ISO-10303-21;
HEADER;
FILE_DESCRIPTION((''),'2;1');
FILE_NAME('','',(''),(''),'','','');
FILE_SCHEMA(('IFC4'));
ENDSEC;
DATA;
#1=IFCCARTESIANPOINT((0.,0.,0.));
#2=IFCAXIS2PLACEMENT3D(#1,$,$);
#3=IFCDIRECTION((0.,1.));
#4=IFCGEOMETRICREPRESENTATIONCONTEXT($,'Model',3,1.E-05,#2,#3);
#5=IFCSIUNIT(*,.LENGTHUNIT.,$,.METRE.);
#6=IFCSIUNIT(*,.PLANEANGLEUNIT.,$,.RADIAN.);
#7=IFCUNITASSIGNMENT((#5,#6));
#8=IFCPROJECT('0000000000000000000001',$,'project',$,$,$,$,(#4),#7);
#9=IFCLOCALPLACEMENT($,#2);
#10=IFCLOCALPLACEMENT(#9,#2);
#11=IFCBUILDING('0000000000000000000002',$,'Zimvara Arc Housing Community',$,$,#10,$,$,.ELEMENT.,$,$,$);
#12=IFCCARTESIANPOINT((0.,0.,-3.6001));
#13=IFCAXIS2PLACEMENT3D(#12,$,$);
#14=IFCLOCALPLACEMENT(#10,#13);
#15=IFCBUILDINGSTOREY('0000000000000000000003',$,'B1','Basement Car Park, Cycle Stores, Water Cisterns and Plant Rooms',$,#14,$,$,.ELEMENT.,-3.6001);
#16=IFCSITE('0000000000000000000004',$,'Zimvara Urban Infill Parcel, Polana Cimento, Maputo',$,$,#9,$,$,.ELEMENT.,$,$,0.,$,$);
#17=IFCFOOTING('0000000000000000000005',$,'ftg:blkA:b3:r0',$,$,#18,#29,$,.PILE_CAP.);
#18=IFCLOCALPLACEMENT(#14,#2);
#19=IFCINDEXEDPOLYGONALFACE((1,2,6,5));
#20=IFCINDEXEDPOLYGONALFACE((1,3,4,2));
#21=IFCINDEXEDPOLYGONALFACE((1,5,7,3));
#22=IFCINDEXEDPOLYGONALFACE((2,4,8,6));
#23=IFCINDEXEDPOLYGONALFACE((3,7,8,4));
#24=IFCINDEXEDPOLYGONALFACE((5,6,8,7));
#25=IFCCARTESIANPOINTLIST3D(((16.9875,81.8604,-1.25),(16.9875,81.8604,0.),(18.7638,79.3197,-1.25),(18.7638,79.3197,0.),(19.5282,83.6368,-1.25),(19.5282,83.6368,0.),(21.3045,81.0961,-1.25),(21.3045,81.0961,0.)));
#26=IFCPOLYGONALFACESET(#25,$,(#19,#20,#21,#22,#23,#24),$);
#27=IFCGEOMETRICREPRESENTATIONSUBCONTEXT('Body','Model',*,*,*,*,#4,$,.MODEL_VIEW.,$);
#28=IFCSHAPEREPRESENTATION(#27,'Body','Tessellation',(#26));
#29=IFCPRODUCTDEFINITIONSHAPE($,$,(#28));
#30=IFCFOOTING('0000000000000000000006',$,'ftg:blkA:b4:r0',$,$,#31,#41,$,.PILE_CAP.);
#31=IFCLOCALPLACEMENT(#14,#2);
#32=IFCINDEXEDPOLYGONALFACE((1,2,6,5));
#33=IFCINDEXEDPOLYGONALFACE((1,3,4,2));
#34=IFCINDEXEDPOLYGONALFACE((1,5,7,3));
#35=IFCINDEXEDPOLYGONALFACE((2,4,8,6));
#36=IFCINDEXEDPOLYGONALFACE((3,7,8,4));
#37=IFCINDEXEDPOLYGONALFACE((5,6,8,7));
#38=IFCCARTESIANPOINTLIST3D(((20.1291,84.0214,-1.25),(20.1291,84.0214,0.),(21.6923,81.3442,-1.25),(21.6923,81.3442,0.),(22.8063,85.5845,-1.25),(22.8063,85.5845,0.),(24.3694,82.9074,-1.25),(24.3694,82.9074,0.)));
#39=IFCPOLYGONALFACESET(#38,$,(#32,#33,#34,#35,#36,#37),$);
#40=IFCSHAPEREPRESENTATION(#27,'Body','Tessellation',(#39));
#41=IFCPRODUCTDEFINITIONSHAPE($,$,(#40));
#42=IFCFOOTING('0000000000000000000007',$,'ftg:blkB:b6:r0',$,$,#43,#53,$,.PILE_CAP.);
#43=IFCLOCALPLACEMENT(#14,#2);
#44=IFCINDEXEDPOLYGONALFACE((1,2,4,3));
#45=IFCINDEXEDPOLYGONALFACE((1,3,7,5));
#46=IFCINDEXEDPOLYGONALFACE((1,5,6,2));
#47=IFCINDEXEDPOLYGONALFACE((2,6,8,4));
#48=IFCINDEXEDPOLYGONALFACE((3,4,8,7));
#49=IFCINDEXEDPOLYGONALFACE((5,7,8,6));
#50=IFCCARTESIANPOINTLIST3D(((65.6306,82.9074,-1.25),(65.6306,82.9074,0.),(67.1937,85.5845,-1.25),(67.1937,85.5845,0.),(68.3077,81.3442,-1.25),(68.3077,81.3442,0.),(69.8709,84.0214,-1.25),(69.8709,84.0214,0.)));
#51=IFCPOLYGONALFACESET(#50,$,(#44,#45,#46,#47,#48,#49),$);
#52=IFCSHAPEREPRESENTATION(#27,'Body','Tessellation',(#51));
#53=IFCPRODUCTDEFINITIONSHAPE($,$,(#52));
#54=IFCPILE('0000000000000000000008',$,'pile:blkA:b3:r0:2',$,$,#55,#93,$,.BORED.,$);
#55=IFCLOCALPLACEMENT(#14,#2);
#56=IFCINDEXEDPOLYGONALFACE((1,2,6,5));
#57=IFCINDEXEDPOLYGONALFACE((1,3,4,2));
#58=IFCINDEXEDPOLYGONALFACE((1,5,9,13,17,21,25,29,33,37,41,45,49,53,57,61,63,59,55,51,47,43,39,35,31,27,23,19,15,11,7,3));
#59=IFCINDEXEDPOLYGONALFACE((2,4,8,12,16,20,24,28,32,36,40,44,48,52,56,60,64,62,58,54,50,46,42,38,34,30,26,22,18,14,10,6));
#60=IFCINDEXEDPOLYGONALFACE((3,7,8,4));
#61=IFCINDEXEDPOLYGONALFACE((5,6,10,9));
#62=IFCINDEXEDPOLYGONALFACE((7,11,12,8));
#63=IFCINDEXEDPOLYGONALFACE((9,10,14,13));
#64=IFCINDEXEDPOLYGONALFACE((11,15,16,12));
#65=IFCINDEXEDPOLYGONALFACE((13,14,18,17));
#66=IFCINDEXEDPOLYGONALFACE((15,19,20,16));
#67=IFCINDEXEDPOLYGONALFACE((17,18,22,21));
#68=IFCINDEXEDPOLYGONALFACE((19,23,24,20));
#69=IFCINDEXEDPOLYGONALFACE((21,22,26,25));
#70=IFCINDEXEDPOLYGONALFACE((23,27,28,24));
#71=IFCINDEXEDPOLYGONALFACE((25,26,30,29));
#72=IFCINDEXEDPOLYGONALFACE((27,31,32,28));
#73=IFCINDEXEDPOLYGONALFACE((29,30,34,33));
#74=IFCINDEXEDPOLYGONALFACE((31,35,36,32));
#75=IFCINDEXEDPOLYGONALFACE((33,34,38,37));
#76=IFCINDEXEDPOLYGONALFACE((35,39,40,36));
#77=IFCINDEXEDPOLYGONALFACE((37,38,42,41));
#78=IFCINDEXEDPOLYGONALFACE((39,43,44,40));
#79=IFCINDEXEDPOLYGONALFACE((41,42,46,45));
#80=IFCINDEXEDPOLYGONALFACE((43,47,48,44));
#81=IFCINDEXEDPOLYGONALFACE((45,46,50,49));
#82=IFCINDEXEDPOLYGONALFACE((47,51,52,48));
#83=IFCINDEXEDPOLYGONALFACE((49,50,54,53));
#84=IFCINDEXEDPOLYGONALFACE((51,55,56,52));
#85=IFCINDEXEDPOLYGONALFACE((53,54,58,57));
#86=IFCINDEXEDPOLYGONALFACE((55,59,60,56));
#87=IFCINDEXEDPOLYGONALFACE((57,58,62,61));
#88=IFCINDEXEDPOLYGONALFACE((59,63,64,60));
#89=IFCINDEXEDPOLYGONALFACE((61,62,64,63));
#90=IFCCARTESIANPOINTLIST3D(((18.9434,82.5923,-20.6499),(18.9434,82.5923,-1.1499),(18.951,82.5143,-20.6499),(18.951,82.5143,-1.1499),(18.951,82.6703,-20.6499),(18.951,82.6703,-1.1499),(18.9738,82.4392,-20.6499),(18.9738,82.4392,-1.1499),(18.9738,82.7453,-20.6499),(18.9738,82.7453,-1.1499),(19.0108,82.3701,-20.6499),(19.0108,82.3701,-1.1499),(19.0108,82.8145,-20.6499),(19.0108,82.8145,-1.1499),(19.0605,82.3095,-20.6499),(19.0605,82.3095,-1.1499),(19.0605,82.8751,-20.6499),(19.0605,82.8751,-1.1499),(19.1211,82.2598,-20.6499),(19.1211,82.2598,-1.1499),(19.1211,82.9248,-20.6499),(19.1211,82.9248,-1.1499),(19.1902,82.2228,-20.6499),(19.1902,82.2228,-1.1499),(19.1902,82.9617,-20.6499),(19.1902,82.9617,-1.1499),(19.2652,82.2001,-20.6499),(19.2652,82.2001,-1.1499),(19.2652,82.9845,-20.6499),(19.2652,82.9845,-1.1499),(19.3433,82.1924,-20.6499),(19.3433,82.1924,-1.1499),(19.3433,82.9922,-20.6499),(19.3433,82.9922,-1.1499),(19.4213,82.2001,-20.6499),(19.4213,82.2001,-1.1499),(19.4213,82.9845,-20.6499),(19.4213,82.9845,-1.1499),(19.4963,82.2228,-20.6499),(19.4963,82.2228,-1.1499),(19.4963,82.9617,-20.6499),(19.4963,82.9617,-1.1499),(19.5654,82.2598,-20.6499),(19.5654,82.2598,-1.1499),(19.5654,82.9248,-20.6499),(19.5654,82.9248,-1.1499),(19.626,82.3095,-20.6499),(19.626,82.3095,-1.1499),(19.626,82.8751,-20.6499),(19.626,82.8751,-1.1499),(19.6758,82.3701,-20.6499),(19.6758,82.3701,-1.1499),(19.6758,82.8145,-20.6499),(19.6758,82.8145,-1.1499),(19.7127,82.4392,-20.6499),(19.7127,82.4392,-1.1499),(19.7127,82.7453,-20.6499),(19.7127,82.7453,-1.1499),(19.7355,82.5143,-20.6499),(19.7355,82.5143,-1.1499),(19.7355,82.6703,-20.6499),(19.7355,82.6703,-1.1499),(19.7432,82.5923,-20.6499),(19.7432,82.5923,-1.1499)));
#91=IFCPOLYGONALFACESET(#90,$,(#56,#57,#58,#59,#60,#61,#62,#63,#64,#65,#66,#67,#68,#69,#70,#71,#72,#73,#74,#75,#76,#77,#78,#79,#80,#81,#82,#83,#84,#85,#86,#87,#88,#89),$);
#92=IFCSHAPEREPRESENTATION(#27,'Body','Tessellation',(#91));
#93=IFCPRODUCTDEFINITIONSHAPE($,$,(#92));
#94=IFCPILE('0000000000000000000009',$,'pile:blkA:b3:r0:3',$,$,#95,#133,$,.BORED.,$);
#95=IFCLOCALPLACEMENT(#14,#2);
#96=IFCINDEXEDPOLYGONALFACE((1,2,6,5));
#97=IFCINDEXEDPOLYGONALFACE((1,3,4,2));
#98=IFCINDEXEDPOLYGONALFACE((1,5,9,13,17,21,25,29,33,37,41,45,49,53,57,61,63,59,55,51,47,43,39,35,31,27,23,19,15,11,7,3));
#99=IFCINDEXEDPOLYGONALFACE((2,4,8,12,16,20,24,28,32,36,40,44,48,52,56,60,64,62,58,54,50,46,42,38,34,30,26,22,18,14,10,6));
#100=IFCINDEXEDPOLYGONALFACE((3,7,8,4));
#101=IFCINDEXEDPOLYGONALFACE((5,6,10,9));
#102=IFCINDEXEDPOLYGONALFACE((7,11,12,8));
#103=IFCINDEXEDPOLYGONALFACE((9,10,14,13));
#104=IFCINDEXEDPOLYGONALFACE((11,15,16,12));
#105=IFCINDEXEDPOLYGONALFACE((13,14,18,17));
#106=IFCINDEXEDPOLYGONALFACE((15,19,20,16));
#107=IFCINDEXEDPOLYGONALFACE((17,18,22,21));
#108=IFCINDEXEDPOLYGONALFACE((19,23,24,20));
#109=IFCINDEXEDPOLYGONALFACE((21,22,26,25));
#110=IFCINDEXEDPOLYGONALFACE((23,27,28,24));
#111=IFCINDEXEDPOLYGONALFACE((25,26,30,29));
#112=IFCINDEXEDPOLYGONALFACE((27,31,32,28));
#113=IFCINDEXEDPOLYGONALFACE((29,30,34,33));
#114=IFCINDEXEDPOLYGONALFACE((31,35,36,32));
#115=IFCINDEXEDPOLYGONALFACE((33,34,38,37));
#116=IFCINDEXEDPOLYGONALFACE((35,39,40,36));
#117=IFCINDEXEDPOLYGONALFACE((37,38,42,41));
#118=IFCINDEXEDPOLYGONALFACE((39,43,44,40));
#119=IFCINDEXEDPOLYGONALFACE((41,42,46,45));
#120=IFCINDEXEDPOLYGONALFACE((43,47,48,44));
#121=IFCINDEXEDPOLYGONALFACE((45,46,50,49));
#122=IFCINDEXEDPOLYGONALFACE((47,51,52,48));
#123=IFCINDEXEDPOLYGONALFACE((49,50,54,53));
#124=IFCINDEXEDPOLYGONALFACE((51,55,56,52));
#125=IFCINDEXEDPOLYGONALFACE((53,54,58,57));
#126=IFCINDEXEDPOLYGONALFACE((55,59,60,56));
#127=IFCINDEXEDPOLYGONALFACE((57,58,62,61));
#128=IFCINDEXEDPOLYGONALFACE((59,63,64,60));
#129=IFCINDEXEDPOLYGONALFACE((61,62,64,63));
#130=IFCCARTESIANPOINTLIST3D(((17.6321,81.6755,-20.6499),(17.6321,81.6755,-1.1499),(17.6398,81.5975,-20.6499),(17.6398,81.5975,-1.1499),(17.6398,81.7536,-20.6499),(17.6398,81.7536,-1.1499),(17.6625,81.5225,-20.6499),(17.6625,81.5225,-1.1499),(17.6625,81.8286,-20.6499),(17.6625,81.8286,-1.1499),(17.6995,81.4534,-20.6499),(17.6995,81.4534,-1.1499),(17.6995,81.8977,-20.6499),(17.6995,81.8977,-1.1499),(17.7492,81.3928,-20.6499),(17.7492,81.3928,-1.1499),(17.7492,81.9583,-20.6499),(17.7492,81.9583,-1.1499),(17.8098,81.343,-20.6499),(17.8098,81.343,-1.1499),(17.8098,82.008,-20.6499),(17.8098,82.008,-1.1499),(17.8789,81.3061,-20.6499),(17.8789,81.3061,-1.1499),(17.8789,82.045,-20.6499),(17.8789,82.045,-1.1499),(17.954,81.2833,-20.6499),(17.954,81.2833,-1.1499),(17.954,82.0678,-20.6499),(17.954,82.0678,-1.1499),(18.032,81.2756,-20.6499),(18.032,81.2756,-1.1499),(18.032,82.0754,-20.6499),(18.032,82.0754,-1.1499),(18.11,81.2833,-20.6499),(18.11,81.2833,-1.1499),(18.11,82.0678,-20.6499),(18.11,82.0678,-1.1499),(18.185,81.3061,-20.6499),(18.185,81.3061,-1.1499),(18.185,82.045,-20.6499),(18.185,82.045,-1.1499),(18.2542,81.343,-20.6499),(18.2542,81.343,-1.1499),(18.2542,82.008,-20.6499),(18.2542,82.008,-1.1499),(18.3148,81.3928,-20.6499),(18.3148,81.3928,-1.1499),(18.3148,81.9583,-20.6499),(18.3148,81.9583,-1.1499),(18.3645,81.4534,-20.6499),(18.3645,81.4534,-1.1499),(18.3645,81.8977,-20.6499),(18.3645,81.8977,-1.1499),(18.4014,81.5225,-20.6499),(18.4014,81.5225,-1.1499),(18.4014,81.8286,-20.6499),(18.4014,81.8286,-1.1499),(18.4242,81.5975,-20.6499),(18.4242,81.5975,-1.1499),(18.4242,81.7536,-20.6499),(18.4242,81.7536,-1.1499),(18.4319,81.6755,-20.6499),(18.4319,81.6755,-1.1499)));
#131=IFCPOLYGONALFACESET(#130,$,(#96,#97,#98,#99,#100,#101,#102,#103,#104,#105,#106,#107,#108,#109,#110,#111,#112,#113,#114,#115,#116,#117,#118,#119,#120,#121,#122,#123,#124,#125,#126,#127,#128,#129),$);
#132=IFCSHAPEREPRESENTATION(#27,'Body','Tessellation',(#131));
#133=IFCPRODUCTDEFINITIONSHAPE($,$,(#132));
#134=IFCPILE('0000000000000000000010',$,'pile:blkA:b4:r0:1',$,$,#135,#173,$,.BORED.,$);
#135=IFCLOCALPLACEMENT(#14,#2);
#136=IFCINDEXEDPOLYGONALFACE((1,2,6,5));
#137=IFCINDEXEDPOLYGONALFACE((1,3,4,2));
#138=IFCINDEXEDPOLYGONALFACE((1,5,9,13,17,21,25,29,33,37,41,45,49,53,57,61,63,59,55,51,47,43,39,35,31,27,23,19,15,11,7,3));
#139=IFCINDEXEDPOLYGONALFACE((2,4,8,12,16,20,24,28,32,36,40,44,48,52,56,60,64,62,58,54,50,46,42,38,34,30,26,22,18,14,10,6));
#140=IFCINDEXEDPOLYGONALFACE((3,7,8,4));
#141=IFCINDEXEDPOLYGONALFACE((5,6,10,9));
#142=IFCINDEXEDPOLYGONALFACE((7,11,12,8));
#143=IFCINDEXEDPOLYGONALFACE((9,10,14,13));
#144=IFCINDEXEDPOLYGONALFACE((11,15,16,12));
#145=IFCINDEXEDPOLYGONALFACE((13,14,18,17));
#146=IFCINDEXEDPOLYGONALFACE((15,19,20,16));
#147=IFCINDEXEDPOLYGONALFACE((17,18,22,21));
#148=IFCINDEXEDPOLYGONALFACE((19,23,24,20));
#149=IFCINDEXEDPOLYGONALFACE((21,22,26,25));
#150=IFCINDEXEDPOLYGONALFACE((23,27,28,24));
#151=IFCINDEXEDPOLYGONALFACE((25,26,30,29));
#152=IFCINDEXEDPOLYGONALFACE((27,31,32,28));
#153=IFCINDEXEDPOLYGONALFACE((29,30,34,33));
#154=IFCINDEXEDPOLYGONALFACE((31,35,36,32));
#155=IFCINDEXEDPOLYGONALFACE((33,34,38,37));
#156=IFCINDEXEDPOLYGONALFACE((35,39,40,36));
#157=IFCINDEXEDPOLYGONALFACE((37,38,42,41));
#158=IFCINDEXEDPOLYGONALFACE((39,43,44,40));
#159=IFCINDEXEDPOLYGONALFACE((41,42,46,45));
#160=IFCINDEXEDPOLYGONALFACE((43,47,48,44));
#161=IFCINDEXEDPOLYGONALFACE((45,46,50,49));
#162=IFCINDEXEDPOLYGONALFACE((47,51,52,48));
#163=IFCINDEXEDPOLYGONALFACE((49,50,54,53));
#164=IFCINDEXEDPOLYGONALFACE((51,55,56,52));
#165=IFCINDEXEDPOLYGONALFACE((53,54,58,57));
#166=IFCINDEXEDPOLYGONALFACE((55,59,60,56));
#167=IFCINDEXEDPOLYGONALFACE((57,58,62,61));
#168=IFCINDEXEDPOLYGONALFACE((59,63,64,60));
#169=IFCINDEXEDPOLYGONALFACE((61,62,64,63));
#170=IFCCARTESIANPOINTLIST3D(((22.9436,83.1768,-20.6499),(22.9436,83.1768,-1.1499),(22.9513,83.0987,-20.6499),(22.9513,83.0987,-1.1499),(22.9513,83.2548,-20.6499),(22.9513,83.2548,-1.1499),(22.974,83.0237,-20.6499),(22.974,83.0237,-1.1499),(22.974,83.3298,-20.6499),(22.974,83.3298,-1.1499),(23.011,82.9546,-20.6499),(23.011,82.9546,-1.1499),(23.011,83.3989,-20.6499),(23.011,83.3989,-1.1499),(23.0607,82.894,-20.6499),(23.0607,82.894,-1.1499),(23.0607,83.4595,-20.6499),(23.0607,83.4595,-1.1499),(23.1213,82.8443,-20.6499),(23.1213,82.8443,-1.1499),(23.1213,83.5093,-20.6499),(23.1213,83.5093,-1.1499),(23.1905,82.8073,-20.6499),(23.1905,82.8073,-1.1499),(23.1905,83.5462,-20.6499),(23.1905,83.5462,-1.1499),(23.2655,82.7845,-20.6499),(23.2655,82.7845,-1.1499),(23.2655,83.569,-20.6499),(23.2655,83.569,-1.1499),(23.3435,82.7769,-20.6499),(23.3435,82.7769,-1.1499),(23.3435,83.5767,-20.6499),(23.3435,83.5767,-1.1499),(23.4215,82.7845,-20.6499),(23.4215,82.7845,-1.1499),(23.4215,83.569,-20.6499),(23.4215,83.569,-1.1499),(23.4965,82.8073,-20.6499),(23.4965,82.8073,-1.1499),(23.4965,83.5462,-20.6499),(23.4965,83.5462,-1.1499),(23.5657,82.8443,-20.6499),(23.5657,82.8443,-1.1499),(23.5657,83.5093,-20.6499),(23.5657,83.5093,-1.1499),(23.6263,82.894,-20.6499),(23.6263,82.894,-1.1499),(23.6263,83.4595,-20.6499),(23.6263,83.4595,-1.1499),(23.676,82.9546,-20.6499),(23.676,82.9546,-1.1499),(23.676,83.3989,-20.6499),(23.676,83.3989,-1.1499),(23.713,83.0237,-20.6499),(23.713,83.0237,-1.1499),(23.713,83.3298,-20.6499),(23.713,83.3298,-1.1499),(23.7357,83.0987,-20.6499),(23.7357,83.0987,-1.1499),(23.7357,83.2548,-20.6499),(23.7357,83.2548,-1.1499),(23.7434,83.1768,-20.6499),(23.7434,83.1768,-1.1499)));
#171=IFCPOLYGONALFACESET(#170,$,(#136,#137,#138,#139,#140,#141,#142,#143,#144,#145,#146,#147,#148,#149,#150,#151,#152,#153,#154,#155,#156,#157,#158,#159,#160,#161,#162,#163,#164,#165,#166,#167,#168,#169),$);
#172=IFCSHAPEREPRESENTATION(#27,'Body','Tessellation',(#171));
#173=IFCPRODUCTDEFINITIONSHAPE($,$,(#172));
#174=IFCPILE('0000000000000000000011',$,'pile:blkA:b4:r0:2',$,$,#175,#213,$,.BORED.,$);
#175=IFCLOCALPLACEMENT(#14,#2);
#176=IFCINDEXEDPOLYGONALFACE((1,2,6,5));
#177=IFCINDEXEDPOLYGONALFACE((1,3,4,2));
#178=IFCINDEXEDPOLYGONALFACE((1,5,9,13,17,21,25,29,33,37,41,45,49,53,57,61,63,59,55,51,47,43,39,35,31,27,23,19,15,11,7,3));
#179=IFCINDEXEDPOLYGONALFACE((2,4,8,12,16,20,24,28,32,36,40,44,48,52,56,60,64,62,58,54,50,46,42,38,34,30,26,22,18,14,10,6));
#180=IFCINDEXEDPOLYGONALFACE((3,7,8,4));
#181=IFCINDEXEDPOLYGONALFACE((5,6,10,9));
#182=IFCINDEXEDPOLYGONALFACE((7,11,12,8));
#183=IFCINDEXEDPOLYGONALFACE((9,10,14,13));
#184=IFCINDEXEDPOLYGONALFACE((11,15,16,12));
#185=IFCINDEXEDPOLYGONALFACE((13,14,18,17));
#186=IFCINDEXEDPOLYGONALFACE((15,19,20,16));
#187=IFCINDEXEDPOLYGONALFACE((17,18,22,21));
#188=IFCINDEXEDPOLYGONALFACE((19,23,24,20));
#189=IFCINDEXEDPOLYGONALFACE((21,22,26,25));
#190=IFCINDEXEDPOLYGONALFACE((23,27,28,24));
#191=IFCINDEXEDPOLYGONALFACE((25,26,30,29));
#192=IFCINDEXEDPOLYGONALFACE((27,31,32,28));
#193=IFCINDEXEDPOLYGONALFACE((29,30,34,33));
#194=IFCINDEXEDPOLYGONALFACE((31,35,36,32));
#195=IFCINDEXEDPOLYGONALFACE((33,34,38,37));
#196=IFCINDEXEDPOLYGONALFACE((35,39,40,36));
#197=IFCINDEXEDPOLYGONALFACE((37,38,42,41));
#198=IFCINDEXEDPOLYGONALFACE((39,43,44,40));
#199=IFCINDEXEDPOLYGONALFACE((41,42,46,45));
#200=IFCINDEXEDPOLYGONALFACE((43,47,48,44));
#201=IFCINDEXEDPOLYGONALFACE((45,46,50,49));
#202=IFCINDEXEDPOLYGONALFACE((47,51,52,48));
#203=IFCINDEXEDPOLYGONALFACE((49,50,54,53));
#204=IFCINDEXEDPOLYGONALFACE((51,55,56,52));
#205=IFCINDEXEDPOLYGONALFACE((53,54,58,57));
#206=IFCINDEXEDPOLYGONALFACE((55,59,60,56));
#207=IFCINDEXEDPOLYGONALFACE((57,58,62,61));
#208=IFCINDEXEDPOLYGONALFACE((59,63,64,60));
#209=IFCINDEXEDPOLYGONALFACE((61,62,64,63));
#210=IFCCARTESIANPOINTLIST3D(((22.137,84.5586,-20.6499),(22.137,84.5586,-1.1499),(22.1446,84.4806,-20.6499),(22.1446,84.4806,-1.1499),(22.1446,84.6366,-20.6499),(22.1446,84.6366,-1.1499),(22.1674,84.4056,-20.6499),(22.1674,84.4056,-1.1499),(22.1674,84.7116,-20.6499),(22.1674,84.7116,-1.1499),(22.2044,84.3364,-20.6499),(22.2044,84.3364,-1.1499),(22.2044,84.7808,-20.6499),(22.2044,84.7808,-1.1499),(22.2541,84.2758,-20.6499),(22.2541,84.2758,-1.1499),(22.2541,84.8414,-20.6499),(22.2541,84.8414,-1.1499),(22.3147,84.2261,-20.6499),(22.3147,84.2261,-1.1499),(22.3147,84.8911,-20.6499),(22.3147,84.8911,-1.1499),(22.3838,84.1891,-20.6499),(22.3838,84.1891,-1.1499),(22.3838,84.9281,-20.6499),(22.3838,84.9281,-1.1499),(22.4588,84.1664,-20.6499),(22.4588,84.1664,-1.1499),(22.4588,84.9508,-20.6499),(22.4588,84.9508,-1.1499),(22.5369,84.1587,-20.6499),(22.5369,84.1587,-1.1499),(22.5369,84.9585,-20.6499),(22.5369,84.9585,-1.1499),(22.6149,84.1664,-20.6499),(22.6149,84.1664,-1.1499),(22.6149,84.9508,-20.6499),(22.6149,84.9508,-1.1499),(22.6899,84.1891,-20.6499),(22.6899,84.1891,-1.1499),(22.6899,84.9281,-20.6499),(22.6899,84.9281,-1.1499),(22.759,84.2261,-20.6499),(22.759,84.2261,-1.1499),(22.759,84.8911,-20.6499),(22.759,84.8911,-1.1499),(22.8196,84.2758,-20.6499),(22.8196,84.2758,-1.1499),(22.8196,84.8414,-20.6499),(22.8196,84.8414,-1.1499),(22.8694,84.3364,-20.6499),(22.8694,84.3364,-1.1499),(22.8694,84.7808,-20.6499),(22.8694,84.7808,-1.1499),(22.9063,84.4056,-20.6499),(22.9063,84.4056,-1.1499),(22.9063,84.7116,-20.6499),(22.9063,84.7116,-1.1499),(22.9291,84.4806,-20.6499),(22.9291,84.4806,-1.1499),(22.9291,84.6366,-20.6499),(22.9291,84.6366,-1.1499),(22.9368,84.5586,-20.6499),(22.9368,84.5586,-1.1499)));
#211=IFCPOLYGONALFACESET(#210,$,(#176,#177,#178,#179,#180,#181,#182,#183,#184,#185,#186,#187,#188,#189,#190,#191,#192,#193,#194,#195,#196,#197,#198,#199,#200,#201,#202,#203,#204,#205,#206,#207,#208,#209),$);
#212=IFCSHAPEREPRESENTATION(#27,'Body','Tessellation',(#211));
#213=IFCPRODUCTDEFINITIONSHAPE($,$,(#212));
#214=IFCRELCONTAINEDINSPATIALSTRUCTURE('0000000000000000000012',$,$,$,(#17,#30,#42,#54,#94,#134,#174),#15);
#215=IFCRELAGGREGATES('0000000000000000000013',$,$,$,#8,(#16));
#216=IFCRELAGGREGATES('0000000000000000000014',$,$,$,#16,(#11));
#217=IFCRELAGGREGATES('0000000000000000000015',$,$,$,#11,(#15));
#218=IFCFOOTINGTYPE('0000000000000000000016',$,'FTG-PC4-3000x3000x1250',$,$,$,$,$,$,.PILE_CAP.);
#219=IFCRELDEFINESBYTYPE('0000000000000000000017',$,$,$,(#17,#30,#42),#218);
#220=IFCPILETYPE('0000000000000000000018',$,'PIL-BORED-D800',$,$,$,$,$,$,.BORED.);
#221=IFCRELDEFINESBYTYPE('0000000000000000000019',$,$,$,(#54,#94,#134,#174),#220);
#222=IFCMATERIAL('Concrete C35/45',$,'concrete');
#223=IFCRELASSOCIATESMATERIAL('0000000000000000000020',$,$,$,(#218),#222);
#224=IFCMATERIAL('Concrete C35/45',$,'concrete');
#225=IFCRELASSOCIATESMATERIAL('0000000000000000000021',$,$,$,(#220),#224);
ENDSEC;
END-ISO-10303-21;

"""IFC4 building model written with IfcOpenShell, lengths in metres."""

from ifc_helpers import new_model, si_unit, direction, frame, origin, origin_2d, place, context, subcontext, project, spatial, rectangle, circle, extrude, material, material_profile, profile_set, type_object, element, save


model = new_model("IFC4")

# Units and contexts
model_context = context("Model", 3, precision=1e-05, world=origin(), true_north=direction((0.0, 1.0)))
body_context = subcontext(model_context, "Body", "Model", "MODEL_VIEW")
ifc_project = project(units=[si_unit("LENGTHUNIT", "METRE"), si_unit("PLANEANGLEUNIT", "RADIAN")], contexts=[model_context])

# Site, building, storey
site_placement = place(None, origin())
site = spatial("IfcSite", under=ifc_project, at=site_placement, Name="Zimvara Urban Infill Parcel, Polana Cimento, Maputo", CompositionType="ELEMENT", RefElevation=0.0)
building_placement = place(site_placement, origin())
building = spatial("IfcBuilding", under=site, at=building_placement, Name="Zimvara Arc Housing Community", CompositionType="ELEMENT")
storey_placement = place(building_placement, frame((0.0, 0.0, -3.6001)))
storey = spatial("IfcBuildingStorey", under=building, at=storey_placement, Name="B1", Description="Basement Car Park, Cycle Stores, Water Cisterns and Plant Rooms", CompositionType="ELEMENT", Elevation=-3.6001)

# Footings
ifc_material_1 = material(Name="Concrete C35/45", Category="concrete")
footing_type = type_object("IfcFootingType", Name="FTG-PC4-3000x3000x1250", PredefinedType="PILE_CAP", material=ifc_material_1)
for number, where, z_axis, x_axis, name in (
    (1, (19.146, 81.4783, -1.25), (0.0, 0.0, 1.0), (-0.573004, 0.819552, 0.0), "ftg:blkA:b3:r0"),
    (2, (22.2493, 83.4644, -1.25), (0.0, 0.0, 1.0), (-0.504226, 0.863572, 0.0), "ftg:blkA:b4:r0"),
    (3, (67.7507, 83.4644, -1.25), (0.0, 0.0, 1.0), (0.504226, 0.863572, 0.0), "ftg:blkB:b6:r0"),
):
    element("IfcFooting", number, at=place(storey_placement, frame(where, z_axis=z_axis, x_axis=x_axis)), inside=storey, type_object=footing_type, Name=name, PredefinedType="PILE_CAP", context=body_context, shape_type="SweptSolid", body=[
        extrude(rectangle(XDim=3.1001, YDim=3.1001, at=origin_2d()), origin(), (0.0, 0.0, 1.0), 1.25),
    ])

# Piles
ifc_material_2 = material(Name="Concrete C35/45", Category="concrete")
ifc_material_profile_1 = material_profile(ifc_material_2, circle(Radius=0.3999, at=origin_2d()), Name="PILE D800")
ifc_profile_set_1 = profile_set([ifc_material_profile_1], Name="Concrete C35/45")
pile_type = type_object("IfcPileType", Name="PIL-BORED-D800", PredefinedType="BORED", material=ifc_profile_set_1)
for number, where, z_axis, x_axis, name in (
    (4, (19.3433, 82.5923, -1.1499), (0.0, 0.0, -1.0), (1.0, 0.0, 0.0), "pile:blkA:b3:r0:2"),
    (5, (18.032, 81.6755, -1.1499), (0.0, 0.0, -1.0), (1.0, 0.0, 0.0), "pile:blkA:b3:r0:3"),
    (6, (23.3435, 83.1768, -1.1499), (0.0, 0.0, -1.0), (1.0, 0.0, 0.0), "pile:blkA:b4:r0:1"),
    (7, (22.5369, 84.5586, -1.1499), (0.0, 0.0, -1.0), (1.0, 0.0, 0.0), "pile:blkA:b4:r0:2"),
):
    element("IfcPile", number, at=place(storey_placement, frame(where, z_axis=z_axis, x_axis=x_axis)), inside=storey, type_object=pile_type, Name=name, PredefinedType="BORED", context=body_context, shape_type="SweptSolid", body=[
        extrude(circle(Radius=0.3999, at=origin_2d()), origin(), (0.0, 0.0, 1.0), 19.5),
    ])

save(model, "model.ifc")
